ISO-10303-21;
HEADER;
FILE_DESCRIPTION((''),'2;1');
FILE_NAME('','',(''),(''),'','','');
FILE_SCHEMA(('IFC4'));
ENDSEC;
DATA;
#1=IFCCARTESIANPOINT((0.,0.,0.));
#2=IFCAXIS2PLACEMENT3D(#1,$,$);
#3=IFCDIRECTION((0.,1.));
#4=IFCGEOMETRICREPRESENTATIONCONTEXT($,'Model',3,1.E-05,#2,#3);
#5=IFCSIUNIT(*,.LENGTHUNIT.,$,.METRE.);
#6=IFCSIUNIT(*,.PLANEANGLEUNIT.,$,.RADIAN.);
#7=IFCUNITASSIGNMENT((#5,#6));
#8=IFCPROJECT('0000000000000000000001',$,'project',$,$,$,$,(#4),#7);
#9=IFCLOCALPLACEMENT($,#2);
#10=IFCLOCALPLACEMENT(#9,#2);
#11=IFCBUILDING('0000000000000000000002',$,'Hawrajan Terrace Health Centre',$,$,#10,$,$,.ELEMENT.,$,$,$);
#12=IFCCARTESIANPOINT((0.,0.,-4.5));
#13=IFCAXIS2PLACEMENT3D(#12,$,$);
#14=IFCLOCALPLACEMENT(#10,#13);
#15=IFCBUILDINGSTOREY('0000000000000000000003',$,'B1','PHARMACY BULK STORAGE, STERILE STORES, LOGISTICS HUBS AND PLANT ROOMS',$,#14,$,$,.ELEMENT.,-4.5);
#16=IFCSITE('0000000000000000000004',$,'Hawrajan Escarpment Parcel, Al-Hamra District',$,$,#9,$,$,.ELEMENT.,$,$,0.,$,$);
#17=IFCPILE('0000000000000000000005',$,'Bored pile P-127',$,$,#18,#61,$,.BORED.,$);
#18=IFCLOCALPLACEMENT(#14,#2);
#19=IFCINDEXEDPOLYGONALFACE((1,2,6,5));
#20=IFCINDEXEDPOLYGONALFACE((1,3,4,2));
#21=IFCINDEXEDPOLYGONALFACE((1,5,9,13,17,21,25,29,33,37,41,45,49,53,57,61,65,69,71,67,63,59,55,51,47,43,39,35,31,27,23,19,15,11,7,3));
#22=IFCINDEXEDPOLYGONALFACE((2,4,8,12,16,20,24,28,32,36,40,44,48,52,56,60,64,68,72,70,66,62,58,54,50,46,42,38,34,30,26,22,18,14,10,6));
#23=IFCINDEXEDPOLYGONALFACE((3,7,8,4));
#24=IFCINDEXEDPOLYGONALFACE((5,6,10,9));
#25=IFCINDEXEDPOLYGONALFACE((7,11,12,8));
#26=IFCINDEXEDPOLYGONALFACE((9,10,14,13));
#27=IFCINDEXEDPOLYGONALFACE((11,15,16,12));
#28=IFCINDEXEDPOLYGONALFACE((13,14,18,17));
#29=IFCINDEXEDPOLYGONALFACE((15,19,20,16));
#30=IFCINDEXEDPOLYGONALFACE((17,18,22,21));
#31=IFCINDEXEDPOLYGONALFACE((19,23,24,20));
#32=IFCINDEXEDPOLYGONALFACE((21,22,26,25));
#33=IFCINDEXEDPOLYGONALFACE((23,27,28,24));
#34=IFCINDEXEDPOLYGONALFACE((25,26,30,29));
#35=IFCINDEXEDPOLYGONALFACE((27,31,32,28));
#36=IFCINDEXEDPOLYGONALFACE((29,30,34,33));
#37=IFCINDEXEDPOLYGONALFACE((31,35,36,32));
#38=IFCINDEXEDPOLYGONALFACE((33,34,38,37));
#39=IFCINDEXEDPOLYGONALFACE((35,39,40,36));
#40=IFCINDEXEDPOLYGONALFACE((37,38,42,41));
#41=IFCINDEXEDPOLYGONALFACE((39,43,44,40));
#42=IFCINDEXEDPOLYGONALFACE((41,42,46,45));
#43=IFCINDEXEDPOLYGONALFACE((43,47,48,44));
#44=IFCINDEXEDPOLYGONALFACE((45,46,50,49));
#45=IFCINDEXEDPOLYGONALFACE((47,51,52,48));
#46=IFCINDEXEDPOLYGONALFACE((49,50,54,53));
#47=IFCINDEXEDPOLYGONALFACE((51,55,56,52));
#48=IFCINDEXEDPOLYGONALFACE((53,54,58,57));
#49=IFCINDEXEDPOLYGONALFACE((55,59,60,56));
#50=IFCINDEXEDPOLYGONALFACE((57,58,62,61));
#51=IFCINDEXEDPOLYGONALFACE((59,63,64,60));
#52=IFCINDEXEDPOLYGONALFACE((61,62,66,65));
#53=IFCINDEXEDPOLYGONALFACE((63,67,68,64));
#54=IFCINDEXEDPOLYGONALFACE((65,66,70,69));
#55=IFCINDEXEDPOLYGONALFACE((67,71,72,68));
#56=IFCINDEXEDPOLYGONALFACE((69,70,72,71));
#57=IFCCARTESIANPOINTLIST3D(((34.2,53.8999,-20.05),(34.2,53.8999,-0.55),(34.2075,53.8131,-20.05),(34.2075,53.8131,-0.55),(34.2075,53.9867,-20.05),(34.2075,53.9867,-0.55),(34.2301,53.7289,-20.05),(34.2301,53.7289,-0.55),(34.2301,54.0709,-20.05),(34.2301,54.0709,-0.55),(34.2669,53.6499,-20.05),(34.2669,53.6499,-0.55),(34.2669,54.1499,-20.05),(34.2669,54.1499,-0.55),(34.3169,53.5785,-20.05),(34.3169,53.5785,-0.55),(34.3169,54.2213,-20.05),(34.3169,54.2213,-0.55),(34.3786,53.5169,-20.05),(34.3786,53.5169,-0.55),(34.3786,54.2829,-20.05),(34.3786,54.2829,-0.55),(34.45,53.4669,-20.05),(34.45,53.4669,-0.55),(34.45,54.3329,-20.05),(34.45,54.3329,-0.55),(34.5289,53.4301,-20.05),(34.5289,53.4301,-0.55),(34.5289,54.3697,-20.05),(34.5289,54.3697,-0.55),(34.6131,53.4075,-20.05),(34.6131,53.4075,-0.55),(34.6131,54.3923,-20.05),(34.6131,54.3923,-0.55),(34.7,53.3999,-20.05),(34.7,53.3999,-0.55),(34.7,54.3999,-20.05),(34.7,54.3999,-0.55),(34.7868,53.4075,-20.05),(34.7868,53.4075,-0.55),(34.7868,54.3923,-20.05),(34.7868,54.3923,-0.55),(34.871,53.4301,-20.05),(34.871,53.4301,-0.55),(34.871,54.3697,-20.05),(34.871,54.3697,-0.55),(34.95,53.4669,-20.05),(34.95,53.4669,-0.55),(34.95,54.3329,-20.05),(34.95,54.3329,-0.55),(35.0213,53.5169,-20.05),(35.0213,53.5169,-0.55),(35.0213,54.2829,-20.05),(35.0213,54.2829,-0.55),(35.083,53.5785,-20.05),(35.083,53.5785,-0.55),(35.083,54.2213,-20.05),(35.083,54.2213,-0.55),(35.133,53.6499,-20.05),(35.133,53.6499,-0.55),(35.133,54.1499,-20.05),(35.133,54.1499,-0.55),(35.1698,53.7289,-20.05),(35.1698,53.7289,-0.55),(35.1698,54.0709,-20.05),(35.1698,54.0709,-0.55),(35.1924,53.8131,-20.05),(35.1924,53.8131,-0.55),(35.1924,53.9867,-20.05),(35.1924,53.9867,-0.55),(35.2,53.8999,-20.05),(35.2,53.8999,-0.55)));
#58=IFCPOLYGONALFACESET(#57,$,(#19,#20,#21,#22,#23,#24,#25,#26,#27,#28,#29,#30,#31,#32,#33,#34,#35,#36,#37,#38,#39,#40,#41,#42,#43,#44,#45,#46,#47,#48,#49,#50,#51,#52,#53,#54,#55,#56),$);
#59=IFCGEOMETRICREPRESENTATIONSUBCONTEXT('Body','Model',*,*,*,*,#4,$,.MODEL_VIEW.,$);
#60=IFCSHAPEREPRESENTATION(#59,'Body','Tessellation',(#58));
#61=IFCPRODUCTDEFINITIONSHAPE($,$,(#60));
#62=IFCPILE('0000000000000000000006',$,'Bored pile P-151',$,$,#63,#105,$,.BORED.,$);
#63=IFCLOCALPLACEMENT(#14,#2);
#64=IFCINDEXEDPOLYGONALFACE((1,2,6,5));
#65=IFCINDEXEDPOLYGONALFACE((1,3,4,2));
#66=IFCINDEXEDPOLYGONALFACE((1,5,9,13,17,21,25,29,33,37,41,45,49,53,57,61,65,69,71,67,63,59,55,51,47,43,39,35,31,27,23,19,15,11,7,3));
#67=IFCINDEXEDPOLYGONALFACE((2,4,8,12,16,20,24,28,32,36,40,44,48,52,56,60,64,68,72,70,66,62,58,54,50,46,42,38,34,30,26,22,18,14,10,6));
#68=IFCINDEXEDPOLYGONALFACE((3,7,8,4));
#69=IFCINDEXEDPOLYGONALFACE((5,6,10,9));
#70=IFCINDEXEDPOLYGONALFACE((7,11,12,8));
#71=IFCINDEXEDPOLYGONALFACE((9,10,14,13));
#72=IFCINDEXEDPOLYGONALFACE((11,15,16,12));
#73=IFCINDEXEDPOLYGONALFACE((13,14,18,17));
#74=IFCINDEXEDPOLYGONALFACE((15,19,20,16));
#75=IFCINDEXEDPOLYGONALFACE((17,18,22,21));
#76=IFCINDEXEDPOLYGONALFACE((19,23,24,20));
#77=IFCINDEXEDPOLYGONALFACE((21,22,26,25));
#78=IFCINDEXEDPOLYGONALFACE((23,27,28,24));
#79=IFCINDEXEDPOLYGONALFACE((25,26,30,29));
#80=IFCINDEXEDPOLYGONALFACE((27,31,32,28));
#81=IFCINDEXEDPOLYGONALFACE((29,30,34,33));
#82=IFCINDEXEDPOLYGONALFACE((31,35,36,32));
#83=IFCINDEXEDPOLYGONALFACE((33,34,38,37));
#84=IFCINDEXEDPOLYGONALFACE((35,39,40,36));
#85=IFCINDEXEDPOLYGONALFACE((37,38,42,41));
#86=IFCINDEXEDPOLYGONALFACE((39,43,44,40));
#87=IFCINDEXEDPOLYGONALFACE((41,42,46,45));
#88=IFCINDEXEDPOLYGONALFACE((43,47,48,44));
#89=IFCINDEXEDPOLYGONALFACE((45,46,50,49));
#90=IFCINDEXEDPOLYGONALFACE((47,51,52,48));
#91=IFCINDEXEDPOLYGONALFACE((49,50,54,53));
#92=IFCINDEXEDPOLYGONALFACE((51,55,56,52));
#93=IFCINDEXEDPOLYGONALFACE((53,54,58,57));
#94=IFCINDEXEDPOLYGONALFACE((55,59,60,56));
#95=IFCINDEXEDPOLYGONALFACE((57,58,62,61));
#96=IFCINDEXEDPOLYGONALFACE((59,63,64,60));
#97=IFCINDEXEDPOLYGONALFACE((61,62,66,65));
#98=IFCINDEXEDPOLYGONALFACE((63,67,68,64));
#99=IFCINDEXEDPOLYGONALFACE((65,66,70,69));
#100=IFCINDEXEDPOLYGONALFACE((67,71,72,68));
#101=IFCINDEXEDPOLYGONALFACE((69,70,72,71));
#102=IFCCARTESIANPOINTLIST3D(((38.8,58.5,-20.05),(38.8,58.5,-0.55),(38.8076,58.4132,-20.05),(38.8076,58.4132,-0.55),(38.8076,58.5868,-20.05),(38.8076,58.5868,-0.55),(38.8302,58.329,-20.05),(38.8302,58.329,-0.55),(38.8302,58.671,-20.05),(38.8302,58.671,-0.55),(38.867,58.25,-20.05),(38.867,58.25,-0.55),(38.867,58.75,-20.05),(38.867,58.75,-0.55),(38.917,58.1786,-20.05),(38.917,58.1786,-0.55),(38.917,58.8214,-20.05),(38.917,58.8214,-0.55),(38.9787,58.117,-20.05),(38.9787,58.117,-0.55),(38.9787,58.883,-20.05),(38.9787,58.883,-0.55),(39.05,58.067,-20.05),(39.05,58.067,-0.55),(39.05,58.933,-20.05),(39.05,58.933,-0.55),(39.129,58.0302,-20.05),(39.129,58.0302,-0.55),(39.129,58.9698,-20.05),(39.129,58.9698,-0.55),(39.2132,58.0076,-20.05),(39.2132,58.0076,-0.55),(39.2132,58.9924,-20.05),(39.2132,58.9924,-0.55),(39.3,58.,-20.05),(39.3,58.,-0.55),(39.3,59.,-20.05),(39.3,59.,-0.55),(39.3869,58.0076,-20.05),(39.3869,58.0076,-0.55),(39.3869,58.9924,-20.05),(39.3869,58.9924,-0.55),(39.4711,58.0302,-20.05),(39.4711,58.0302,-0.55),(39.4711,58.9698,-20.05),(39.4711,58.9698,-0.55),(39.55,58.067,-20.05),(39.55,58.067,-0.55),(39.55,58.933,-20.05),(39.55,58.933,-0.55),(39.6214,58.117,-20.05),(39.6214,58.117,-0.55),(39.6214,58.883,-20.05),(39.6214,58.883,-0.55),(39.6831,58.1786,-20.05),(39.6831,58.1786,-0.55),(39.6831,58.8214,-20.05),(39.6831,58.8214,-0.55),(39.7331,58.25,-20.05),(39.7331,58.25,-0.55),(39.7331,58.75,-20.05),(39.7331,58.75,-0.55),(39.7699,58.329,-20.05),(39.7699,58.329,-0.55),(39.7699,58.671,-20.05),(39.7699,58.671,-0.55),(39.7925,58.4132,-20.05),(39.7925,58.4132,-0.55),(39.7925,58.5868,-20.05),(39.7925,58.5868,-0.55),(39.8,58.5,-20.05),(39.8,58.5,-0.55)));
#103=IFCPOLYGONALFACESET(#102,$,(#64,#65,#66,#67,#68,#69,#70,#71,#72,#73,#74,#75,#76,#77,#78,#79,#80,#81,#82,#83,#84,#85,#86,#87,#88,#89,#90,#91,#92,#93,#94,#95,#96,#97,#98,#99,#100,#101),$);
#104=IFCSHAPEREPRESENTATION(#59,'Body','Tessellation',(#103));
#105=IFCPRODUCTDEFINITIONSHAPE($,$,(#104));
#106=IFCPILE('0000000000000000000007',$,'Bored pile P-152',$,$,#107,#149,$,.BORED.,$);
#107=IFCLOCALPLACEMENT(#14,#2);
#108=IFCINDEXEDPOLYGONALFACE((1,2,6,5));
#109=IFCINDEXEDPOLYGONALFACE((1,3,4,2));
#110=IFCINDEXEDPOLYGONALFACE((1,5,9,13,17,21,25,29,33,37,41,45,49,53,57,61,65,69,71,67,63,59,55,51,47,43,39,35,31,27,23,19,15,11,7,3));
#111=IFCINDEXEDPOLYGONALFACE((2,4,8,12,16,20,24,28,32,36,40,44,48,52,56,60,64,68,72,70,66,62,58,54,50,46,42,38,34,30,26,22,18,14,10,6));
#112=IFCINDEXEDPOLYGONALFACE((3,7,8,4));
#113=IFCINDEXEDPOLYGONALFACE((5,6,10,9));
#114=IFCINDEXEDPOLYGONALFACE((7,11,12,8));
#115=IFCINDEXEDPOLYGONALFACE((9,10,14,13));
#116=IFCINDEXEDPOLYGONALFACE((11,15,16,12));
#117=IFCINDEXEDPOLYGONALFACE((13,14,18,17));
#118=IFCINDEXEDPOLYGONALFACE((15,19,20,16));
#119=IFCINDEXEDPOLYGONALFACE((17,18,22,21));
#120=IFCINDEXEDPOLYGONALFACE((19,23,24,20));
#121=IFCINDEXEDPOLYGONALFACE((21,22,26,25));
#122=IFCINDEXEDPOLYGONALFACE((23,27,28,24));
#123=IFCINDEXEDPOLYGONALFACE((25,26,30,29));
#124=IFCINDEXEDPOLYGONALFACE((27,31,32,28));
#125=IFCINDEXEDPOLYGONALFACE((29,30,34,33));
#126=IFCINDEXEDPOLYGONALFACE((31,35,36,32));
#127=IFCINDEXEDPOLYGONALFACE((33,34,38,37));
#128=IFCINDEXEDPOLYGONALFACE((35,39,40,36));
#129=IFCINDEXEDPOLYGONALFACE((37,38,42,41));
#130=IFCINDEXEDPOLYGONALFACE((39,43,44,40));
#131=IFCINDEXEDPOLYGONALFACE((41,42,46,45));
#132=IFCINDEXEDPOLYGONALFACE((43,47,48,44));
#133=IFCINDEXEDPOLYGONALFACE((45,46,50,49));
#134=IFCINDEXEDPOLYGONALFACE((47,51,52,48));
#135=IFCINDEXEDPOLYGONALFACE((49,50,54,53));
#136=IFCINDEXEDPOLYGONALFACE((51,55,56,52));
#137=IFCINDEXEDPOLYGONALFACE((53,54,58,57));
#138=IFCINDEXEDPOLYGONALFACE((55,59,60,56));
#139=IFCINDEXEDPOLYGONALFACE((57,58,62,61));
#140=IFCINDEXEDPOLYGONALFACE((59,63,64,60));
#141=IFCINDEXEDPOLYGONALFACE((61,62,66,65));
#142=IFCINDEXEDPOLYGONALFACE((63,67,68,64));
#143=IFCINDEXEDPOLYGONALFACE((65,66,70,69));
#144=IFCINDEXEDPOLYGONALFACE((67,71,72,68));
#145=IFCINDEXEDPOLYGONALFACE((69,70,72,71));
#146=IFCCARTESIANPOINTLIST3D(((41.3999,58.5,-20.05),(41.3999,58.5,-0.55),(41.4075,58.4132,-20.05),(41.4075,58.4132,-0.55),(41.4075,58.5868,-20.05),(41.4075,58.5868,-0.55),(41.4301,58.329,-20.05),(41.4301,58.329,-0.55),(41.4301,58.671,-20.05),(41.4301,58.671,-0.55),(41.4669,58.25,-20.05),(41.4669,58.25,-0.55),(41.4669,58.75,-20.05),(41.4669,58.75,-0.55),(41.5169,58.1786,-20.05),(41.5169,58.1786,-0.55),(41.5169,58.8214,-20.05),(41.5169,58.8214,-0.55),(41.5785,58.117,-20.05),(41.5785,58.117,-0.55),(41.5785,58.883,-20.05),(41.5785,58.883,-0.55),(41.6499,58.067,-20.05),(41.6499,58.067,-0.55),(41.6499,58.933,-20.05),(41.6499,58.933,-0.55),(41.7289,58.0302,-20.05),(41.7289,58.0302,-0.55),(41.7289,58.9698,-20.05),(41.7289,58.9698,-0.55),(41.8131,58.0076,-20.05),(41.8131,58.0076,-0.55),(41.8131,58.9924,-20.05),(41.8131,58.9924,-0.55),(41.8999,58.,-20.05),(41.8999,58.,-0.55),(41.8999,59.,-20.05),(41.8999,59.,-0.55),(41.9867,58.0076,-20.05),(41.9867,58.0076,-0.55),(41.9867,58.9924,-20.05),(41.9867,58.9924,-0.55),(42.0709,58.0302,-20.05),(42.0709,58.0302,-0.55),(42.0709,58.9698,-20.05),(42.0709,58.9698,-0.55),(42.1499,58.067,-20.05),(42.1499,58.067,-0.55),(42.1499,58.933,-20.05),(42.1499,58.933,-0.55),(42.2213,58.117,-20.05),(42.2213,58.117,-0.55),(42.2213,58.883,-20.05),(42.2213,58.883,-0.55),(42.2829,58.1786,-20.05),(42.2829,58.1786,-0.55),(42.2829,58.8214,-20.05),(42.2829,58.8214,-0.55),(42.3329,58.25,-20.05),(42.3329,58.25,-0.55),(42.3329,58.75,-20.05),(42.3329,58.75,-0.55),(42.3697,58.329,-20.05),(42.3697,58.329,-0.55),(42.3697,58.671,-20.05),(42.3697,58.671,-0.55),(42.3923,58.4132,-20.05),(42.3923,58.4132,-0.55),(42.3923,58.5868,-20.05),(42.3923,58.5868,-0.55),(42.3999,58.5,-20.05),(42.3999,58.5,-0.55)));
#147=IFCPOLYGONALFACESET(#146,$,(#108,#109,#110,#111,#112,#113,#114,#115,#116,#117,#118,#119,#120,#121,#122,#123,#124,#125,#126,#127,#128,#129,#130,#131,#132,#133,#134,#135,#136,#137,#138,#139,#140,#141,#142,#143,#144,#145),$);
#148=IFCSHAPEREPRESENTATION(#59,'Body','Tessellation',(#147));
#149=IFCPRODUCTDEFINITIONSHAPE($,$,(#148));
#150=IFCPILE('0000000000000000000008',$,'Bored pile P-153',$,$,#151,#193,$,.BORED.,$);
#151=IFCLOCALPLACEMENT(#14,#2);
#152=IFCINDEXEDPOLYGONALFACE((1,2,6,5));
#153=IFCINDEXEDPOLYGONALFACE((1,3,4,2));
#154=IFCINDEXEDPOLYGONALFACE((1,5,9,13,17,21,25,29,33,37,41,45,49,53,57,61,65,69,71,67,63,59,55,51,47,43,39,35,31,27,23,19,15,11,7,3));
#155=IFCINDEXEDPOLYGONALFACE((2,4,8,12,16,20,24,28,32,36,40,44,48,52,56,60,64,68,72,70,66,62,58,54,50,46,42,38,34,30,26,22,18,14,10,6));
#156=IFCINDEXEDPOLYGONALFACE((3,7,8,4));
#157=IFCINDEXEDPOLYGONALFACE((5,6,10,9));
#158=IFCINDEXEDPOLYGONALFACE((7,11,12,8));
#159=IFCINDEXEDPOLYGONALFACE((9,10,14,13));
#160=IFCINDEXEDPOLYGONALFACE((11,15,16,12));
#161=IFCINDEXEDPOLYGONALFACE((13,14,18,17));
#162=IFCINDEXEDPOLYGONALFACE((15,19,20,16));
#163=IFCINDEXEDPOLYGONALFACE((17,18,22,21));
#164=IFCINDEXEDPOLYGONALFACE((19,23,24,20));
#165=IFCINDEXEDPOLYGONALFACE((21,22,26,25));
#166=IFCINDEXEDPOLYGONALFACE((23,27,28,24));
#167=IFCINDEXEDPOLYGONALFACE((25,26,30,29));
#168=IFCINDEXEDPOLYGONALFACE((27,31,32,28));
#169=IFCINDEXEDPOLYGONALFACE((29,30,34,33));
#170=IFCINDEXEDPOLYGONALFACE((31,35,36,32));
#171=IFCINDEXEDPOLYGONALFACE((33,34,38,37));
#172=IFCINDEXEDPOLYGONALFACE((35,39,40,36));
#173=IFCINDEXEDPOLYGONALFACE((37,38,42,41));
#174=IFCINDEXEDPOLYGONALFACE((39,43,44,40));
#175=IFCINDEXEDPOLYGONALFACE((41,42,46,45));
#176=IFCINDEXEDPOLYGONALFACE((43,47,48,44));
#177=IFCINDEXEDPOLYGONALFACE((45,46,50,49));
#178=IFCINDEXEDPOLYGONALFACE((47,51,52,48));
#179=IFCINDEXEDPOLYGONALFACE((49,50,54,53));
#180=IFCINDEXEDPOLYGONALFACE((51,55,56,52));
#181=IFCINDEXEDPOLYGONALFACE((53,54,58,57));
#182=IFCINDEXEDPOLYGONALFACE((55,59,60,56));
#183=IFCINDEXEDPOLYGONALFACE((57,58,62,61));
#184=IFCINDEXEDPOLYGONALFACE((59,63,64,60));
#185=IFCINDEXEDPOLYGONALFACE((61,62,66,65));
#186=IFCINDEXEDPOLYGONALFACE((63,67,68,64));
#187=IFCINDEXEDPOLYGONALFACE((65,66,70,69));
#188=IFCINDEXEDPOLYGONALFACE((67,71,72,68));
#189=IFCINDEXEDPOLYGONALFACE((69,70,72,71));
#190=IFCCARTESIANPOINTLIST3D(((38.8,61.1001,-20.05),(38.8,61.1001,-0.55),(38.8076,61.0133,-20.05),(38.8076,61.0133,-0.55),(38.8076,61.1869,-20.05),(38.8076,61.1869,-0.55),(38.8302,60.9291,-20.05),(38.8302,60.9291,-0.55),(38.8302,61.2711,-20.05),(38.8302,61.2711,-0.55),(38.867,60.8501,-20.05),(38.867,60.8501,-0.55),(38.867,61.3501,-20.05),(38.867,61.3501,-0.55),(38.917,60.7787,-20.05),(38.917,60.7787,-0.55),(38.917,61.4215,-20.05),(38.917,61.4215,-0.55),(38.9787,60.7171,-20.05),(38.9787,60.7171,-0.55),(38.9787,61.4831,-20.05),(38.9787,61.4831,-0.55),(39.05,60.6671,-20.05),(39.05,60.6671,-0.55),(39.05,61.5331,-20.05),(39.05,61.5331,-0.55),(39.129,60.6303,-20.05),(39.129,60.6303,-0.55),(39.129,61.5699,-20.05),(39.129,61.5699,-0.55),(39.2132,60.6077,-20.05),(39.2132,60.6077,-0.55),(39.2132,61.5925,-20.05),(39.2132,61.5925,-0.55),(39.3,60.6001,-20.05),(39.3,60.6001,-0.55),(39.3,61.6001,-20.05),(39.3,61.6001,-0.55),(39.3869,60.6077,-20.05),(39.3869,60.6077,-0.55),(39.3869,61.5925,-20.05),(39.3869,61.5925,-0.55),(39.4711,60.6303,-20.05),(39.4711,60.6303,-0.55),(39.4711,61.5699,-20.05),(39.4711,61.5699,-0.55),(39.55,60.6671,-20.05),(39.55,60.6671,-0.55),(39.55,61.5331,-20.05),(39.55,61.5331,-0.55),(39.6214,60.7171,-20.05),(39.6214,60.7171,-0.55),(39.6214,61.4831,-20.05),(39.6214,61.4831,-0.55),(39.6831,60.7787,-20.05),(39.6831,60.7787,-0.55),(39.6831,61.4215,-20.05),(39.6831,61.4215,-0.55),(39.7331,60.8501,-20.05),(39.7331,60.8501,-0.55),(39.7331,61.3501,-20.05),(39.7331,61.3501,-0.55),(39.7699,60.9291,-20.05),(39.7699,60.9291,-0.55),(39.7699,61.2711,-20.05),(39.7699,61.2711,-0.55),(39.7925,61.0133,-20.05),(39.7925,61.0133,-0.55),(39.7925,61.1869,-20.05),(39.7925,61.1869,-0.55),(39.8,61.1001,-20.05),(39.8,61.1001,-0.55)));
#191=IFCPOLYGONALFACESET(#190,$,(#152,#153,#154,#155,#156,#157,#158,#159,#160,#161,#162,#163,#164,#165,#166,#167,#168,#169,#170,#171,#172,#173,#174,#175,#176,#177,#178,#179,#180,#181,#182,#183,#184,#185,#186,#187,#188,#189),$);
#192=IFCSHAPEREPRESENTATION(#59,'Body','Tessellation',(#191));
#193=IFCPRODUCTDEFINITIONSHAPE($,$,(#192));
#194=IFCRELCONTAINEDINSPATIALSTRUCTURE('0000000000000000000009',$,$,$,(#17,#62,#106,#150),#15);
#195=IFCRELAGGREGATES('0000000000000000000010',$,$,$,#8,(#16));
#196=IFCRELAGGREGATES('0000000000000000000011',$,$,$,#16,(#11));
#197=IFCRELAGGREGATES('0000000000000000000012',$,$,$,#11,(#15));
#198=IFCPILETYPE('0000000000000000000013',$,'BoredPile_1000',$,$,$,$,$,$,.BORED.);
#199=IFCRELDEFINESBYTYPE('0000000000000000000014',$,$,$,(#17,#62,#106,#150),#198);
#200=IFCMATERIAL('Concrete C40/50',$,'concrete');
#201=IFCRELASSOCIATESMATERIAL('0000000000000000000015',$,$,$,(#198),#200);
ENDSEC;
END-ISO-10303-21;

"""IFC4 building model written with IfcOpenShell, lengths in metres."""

from ifc_helpers import new_model, si_unit, direction, frame, origin, origin_2d, place, context, subcontext, project, spatial, circle, extrude, material, material_profile, profile_set, type_object, element, save


model = new_model("IFC4")

# Units and contexts
model_context = context("Model", 3, precision=1e-05, world=origin(), true_north=direction((0.0, 1.0)))
body_context = subcontext(model_context, "Body", "Model", "MODEL_VIEW")
ifc_project = project(units=[si_unit("LENGTHUNIT", "METRE"), si_unit("PLANEANGLEUNIT", "RADIAN")], contexts=[model_context])

# Site, building, storey
site_placement = place(None, origin())
site = spatial("IfcSite", under=ifc_project, at=site_placement, Name="Hawrajan Escarpment Parcel, Al-Hamra District", CompositionType="ELEMENT", RefElevation=0.0)
building_placement = place(site_placement, origin())
building = spatial("IfcBuilding", under=site, at=building_placement, Name="Hawrajan Terrace Health Centre", CompositionType="ELEMENT")
storey_placement = place(building_placement, frame((0.0, 0.0, -4.5)))
storey = spatial("IfcBuildingStorey", under=building, at=storey_placement, Name="B1", Description="PHARMACY BULK STORAGE, STERILE STORES, LOGISTICS HUBS AND PLANT ROOMS", CompositionType="ELEMENT", Elevation=-4.5)

# Piles
ifc_material_1 = material(Name="Concrete C40/50", Category="concrete")
ifc_material_profile_1 = material_profile(ifc_material_1, circle(Radius=0.5, at=origin_2d()), Name="BP 1000")
ifc_profile_set_1 = profile_set([ifc_material_profile_1], Name="Concrete C40/50")
pile_type_1 = type_object("IfcPileType", Name="BoredPile_1000", PredefinedType="BORED", material=ifc_profile_set_1)
for number, where, z_axis, x_axis, name in (
    (1, (34.7, 53.8999, -0.55), (0.0, 0.0, -1.0), (1.0, 0.0, 0.0), "Bored pile P-127"),
    (2, (39.3, 58.5, -0.55), (0.0, 0.0, -1.0), (1.0, 0.0, 0.0), "Bored pile P-151"),
    (3, (41.8999, 58.5, -0.55), (0.0, 0.0, -1.0), (1.0, 0.0, 0.0), "Bored pile P-152"),
    (4, (39.3, 61.1001, -0.55), (0.0, 0.0, -1.0), (1.0, 0.0, 0.0), "Bored pile P-153"),
):
    element("IfcPile", number, at=place(storey_placement, frame(where, z_axis=z_axis, x_axis=x_axis)), inside=storey, type_object=pile_type_1, Name=name, PredefinedType="BORED", context=body_context, shape_type="SweptSolid", body=[
        extrude(circle(Radius=0.5, at=origin_2d()), origin(), (0.0, 0.0, 1.0), 19.5),
    ])

save(model, "model.ifc")
